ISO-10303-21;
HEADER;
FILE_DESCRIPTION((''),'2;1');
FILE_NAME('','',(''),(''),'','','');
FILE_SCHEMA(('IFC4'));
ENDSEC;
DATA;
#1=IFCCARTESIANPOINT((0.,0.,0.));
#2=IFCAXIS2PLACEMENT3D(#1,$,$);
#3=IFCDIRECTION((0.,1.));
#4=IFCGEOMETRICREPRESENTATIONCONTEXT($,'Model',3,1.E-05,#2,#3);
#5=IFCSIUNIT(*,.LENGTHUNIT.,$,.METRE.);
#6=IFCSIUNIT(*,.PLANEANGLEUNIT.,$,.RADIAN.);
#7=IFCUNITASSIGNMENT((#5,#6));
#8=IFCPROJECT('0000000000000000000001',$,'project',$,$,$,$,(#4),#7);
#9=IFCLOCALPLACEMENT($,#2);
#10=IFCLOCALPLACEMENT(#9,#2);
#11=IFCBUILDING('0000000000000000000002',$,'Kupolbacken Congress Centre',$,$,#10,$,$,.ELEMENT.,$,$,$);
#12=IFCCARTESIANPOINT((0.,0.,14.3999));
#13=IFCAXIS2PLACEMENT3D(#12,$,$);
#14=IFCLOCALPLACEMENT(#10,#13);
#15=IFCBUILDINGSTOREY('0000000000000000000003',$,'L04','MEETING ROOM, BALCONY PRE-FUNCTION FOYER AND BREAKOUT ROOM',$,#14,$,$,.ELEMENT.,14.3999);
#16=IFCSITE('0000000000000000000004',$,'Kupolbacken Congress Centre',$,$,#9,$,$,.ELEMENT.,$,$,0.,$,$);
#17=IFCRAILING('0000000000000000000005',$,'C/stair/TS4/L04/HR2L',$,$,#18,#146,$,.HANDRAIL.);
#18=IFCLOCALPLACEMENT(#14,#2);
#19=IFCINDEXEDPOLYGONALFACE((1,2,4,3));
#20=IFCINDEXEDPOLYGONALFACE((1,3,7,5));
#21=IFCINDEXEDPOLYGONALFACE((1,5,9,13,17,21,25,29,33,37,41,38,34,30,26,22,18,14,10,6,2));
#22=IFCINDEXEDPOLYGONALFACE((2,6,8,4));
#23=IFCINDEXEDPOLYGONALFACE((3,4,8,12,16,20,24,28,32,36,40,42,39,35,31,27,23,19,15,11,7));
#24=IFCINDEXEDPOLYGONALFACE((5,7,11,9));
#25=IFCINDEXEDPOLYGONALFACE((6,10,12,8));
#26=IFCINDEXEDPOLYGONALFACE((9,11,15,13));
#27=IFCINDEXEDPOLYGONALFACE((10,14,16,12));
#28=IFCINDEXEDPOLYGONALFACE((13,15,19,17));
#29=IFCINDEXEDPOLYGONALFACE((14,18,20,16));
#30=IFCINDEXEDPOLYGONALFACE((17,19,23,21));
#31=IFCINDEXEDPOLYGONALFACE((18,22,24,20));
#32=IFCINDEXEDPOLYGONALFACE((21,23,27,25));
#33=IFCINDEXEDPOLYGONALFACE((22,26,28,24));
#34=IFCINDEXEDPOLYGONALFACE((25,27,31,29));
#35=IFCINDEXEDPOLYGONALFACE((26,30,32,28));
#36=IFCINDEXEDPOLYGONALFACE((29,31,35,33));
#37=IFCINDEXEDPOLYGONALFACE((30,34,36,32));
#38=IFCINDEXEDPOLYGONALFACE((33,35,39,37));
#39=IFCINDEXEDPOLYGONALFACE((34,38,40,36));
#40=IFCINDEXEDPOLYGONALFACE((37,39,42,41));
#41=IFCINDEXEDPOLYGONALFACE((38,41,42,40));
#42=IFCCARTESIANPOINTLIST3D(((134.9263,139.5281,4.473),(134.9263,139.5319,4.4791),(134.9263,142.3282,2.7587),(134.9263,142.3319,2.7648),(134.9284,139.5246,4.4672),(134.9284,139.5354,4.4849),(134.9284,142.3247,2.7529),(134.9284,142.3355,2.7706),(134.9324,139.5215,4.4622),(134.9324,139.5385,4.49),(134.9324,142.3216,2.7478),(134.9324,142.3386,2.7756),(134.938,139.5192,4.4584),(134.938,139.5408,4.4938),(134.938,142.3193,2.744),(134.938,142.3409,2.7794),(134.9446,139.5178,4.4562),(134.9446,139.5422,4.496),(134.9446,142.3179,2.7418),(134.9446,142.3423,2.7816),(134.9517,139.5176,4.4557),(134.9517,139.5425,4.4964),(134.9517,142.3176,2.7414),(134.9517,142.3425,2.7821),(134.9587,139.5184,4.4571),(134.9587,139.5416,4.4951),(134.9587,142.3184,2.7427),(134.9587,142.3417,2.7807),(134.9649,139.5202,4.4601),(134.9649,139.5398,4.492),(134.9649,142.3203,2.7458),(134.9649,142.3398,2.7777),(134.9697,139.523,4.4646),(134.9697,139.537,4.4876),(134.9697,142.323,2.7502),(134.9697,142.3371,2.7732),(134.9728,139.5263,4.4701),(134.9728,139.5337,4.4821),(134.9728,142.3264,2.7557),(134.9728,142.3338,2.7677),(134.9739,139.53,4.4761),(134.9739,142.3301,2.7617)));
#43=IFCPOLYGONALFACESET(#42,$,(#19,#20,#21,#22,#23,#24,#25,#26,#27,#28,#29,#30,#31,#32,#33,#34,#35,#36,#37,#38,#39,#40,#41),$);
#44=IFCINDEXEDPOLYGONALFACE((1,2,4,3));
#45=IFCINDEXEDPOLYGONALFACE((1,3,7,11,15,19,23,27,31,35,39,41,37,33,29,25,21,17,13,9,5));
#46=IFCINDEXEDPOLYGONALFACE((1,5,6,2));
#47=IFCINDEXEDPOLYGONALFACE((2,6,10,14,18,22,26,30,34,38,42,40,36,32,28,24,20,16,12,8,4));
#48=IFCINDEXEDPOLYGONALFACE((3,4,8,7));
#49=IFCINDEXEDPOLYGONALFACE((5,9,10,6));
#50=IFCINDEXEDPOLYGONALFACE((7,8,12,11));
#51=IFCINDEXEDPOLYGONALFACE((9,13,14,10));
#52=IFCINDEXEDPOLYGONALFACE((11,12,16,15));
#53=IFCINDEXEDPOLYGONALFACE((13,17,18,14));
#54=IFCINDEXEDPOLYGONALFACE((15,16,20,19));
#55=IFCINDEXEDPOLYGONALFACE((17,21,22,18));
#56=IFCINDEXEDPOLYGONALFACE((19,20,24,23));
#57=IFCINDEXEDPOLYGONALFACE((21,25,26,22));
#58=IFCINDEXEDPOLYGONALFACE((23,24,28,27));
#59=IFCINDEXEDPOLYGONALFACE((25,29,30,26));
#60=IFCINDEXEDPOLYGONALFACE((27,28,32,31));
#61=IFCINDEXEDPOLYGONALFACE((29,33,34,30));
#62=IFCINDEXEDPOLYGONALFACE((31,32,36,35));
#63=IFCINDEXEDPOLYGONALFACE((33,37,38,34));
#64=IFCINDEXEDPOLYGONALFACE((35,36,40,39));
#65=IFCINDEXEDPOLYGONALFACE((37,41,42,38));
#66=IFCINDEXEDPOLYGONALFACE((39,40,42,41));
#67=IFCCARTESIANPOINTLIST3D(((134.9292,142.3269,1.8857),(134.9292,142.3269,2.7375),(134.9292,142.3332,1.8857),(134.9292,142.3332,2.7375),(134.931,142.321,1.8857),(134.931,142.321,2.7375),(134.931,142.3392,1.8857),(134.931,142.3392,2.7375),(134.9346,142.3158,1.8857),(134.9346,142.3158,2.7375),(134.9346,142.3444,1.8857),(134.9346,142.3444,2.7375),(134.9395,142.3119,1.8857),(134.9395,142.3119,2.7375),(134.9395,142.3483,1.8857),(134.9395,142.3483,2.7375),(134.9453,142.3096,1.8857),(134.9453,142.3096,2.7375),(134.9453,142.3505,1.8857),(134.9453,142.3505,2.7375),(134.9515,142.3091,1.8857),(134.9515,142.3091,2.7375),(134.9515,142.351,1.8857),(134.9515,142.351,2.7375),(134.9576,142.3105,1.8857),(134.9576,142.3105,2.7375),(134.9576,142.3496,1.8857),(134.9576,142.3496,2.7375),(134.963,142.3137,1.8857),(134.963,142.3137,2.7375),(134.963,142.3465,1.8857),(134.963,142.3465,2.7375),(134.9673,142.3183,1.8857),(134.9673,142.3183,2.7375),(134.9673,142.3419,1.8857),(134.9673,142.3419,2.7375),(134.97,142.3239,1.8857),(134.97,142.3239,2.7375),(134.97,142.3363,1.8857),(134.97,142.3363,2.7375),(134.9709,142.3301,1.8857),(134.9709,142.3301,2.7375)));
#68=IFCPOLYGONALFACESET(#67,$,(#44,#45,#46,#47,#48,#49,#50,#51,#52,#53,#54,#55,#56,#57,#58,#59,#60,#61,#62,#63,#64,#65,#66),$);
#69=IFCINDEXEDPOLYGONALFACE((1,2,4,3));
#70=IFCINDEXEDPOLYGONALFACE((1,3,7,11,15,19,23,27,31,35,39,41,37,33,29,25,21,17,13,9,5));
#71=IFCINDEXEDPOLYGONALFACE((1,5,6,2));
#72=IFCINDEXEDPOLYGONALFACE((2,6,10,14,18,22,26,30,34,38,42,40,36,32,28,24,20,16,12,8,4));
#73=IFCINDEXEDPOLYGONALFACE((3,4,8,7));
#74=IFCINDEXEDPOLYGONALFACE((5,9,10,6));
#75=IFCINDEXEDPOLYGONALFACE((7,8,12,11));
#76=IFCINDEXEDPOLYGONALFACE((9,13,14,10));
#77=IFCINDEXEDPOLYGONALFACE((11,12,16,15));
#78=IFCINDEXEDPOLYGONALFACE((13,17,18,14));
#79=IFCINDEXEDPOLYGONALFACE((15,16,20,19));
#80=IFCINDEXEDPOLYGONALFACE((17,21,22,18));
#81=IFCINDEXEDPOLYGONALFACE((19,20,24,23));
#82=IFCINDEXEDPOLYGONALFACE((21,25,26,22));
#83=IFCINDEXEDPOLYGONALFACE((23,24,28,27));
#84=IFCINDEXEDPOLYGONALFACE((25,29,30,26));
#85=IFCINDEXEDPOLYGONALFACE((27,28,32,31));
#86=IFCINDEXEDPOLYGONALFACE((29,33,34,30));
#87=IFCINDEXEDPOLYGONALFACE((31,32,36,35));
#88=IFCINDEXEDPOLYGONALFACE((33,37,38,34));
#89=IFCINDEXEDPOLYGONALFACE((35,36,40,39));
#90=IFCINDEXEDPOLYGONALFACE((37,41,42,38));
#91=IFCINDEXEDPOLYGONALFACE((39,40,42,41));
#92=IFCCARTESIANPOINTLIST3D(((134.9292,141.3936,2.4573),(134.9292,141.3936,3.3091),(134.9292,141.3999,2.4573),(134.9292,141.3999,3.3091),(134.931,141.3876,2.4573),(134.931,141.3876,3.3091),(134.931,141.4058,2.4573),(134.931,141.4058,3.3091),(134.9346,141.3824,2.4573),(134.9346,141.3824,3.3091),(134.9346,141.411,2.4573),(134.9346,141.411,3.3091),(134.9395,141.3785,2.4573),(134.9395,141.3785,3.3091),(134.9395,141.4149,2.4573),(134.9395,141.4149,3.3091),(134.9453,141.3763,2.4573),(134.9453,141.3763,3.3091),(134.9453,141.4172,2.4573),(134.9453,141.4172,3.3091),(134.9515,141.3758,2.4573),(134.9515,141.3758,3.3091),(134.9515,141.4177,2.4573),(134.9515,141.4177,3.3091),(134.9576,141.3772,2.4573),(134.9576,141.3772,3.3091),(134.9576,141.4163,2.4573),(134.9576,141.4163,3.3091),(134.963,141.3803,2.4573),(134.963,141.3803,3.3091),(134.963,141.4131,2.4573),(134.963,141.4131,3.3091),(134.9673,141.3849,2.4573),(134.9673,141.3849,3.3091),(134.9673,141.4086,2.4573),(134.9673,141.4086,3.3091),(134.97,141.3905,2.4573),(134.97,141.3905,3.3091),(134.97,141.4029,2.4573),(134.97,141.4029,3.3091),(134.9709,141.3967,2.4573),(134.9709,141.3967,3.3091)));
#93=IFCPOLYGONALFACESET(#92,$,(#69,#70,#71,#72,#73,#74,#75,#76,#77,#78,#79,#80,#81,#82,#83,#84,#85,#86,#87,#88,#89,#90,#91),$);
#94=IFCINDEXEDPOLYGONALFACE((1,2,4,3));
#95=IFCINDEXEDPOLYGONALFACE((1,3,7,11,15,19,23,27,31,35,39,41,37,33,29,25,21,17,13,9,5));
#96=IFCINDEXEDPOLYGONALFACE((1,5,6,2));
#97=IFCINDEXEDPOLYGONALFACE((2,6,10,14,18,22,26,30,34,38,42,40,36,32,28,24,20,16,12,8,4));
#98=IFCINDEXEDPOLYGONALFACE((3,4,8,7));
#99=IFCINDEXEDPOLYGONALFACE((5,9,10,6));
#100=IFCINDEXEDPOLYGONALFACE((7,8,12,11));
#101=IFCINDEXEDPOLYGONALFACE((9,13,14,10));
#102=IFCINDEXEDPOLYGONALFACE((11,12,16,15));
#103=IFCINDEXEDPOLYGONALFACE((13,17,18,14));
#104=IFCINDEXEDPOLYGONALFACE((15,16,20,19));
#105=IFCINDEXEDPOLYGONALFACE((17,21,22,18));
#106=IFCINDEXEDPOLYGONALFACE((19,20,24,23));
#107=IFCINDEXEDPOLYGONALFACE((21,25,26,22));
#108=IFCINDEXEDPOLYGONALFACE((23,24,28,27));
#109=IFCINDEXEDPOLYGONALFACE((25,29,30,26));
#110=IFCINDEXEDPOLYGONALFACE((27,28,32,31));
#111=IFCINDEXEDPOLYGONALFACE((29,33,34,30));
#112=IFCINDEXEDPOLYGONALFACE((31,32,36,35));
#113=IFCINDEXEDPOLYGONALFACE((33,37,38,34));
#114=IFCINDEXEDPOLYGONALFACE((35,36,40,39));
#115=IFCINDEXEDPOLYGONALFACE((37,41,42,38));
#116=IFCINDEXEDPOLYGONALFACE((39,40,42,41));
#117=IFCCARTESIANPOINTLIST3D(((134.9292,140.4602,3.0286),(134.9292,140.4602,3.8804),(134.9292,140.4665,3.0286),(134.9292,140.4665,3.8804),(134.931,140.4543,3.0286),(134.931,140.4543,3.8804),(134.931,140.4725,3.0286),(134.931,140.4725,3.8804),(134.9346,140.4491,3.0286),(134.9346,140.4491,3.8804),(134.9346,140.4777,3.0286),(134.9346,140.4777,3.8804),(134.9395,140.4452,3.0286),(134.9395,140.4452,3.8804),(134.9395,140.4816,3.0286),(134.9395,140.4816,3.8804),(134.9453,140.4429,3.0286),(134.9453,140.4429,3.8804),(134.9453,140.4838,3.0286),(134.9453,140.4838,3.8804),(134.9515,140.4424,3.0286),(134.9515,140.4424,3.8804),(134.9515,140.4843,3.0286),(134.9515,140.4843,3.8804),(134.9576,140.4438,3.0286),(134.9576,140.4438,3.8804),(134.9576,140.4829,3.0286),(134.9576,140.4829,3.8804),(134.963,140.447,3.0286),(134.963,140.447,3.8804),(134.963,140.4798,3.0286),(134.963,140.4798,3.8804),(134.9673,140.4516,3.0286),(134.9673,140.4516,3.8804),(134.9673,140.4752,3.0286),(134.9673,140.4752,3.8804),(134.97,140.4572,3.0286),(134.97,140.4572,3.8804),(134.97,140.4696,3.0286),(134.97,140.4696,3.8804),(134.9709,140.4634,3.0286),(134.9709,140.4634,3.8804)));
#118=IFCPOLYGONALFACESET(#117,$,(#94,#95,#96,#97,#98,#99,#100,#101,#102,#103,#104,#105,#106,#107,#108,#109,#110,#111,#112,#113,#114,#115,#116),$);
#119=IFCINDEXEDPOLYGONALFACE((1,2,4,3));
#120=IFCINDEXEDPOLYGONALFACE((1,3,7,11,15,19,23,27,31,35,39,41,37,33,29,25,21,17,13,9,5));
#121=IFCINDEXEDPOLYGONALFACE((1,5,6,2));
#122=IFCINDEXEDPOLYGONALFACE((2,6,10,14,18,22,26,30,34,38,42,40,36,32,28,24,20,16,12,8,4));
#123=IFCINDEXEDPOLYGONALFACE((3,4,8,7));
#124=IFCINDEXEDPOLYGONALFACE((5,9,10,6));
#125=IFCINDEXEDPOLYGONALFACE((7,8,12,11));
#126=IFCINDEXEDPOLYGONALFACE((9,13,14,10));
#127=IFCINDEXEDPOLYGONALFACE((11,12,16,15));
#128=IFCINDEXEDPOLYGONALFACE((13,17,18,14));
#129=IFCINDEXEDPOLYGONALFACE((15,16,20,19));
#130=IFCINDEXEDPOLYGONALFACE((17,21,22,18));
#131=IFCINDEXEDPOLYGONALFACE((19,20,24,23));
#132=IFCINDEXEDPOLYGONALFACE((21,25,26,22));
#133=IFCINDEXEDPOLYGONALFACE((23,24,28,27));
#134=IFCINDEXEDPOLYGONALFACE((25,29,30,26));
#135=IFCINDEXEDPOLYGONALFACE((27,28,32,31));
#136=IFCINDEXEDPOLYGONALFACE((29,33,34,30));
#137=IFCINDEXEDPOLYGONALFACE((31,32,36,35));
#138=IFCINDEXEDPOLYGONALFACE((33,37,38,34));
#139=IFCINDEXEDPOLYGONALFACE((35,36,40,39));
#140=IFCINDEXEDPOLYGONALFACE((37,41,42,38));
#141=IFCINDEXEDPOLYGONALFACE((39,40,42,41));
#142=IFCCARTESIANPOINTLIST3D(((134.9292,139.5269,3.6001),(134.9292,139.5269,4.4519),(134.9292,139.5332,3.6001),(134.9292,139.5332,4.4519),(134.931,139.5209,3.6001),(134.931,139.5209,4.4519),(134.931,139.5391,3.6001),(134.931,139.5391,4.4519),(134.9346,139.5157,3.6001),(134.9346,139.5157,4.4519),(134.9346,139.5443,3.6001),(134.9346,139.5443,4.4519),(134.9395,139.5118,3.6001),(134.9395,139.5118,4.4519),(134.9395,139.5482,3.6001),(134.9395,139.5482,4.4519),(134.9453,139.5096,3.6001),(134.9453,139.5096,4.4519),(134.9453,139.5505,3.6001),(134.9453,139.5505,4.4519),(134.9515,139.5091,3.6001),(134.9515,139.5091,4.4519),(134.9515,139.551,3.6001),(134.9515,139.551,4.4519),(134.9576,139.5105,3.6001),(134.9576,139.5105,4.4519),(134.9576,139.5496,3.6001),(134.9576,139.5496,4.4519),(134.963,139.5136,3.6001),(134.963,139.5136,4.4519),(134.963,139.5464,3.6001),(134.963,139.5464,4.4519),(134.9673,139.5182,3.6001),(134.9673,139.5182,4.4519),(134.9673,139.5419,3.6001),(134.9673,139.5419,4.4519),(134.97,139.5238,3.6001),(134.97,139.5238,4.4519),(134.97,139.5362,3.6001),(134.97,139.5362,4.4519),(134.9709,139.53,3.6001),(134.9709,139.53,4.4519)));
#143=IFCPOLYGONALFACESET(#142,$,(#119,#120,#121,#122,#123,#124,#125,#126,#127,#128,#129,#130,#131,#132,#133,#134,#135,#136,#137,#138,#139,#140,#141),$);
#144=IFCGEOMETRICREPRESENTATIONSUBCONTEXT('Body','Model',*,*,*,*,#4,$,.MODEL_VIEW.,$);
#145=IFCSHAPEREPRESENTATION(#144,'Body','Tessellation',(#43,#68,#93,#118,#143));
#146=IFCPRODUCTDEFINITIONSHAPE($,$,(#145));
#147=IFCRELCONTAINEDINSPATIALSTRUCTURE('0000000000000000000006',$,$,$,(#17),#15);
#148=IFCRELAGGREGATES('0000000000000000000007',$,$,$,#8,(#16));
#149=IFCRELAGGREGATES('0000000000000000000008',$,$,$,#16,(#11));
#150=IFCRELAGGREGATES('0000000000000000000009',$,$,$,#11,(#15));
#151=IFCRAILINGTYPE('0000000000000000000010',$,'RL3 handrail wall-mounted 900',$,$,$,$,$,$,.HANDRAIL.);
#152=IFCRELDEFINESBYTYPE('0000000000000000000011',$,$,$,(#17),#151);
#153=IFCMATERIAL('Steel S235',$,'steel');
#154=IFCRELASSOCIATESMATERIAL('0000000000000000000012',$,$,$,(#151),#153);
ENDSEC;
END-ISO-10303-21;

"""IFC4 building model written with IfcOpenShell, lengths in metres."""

from ifc_helpers import new_model, si_unit, direction, frame, origin, origin_2d, place, context, subcontext, project, spatial, circle, extrude, material, type_object, element, save


model = new_model("IFC4")

# Units and contexts
model_context = context("Model", 3, precision=1e-05, world=origin(), true_north=direction((0.0, 1.0)))
body_context = subcontext(model_context, "Body", "Model", "MODEL_VIEW")
ifc_project = project(units=[si_unit("LENGTHUNIT", "METRE"), si_unit("PLANEANGLEUNIT", "RADIAN")], contexts=[model_context])

# Site, building, storey
site_placement = place(None, origin())
site = spatial("IfcSite", under=ifc_project, at=site_placement, Name="Kupolbacken Congress Centre", CompositionType="ELEMENT", RefElevation=0.0)
building_placement = place(site_placement, origin())
building = spatial("IfcBuilding", under=site, at=building_placement, Name="Kupolbacken Congress Centre", CompositionType="ELEMENT")
storey_placement = place(building_placement, frame((0.0, 0.0, 14.3999)))
storey = spatial("IfcBuildingStorey", under=building, at=storey_placement, Name="L04", Description="MEETING ROOM, BALCONY PRE-FUNCTION FOYER AND BREAKOUT ROOM", CompositionType="ELEMENT", Elevation=14.3999)

# Railing
ifc_material_1 = material(Name="Steel S235", Category="steel")
railing_type = type_object("IfcRailingType", Name="RL3 handrail wall-mounted 900", PredefinedType="HANDRAIL", material=ifc_material_1)
for number, where, name in (
    (1, (134.95, 142.3301, 1.8857), "C/stair/TS4/L04/HR2L"),
):
    element("IfcRailing", number, at=place(storey_placement, frame(where)), inside=storey, type_object=railing_type, Name=name, PredefinedType="HANDRAIL", context=body_context, shape_type="SweptSolid", body=[
        extrude(circle(Radius=0.0239, at=origin_2d()), frame((0.0, 0.0, 0.876), z_axis=(0.0, -0.852846, 0.522163), x_axis=(1.0, 0.0, 0.0)), (0.0, 0.0, 1.0), 3.2832),
        extrude(circle(Radius=0.021, at=origin_2d()), origin(), (0.0, 0.0, 1.0), 0.8518),
        extrude(circle(Radius=0.021, at=origin_2d()), frame((0.0, -0.9333, 0.5715)), (0.0, 0.0, 1.0), 0.8518),
        extrude(circle(Radius=0.021, at=origin_2d()), frame((0.0, -1.8667, 1.1428)), (0.0, 0.0, 1.0), 0.8518),
        extrude(circle(Radius=0.021, at=origin_2d()), frame((0.0, -2.8, 1.7144)), (0.0, 0.0, 1.0), 0.8518),
    ])

save(model, "model.ifc")
